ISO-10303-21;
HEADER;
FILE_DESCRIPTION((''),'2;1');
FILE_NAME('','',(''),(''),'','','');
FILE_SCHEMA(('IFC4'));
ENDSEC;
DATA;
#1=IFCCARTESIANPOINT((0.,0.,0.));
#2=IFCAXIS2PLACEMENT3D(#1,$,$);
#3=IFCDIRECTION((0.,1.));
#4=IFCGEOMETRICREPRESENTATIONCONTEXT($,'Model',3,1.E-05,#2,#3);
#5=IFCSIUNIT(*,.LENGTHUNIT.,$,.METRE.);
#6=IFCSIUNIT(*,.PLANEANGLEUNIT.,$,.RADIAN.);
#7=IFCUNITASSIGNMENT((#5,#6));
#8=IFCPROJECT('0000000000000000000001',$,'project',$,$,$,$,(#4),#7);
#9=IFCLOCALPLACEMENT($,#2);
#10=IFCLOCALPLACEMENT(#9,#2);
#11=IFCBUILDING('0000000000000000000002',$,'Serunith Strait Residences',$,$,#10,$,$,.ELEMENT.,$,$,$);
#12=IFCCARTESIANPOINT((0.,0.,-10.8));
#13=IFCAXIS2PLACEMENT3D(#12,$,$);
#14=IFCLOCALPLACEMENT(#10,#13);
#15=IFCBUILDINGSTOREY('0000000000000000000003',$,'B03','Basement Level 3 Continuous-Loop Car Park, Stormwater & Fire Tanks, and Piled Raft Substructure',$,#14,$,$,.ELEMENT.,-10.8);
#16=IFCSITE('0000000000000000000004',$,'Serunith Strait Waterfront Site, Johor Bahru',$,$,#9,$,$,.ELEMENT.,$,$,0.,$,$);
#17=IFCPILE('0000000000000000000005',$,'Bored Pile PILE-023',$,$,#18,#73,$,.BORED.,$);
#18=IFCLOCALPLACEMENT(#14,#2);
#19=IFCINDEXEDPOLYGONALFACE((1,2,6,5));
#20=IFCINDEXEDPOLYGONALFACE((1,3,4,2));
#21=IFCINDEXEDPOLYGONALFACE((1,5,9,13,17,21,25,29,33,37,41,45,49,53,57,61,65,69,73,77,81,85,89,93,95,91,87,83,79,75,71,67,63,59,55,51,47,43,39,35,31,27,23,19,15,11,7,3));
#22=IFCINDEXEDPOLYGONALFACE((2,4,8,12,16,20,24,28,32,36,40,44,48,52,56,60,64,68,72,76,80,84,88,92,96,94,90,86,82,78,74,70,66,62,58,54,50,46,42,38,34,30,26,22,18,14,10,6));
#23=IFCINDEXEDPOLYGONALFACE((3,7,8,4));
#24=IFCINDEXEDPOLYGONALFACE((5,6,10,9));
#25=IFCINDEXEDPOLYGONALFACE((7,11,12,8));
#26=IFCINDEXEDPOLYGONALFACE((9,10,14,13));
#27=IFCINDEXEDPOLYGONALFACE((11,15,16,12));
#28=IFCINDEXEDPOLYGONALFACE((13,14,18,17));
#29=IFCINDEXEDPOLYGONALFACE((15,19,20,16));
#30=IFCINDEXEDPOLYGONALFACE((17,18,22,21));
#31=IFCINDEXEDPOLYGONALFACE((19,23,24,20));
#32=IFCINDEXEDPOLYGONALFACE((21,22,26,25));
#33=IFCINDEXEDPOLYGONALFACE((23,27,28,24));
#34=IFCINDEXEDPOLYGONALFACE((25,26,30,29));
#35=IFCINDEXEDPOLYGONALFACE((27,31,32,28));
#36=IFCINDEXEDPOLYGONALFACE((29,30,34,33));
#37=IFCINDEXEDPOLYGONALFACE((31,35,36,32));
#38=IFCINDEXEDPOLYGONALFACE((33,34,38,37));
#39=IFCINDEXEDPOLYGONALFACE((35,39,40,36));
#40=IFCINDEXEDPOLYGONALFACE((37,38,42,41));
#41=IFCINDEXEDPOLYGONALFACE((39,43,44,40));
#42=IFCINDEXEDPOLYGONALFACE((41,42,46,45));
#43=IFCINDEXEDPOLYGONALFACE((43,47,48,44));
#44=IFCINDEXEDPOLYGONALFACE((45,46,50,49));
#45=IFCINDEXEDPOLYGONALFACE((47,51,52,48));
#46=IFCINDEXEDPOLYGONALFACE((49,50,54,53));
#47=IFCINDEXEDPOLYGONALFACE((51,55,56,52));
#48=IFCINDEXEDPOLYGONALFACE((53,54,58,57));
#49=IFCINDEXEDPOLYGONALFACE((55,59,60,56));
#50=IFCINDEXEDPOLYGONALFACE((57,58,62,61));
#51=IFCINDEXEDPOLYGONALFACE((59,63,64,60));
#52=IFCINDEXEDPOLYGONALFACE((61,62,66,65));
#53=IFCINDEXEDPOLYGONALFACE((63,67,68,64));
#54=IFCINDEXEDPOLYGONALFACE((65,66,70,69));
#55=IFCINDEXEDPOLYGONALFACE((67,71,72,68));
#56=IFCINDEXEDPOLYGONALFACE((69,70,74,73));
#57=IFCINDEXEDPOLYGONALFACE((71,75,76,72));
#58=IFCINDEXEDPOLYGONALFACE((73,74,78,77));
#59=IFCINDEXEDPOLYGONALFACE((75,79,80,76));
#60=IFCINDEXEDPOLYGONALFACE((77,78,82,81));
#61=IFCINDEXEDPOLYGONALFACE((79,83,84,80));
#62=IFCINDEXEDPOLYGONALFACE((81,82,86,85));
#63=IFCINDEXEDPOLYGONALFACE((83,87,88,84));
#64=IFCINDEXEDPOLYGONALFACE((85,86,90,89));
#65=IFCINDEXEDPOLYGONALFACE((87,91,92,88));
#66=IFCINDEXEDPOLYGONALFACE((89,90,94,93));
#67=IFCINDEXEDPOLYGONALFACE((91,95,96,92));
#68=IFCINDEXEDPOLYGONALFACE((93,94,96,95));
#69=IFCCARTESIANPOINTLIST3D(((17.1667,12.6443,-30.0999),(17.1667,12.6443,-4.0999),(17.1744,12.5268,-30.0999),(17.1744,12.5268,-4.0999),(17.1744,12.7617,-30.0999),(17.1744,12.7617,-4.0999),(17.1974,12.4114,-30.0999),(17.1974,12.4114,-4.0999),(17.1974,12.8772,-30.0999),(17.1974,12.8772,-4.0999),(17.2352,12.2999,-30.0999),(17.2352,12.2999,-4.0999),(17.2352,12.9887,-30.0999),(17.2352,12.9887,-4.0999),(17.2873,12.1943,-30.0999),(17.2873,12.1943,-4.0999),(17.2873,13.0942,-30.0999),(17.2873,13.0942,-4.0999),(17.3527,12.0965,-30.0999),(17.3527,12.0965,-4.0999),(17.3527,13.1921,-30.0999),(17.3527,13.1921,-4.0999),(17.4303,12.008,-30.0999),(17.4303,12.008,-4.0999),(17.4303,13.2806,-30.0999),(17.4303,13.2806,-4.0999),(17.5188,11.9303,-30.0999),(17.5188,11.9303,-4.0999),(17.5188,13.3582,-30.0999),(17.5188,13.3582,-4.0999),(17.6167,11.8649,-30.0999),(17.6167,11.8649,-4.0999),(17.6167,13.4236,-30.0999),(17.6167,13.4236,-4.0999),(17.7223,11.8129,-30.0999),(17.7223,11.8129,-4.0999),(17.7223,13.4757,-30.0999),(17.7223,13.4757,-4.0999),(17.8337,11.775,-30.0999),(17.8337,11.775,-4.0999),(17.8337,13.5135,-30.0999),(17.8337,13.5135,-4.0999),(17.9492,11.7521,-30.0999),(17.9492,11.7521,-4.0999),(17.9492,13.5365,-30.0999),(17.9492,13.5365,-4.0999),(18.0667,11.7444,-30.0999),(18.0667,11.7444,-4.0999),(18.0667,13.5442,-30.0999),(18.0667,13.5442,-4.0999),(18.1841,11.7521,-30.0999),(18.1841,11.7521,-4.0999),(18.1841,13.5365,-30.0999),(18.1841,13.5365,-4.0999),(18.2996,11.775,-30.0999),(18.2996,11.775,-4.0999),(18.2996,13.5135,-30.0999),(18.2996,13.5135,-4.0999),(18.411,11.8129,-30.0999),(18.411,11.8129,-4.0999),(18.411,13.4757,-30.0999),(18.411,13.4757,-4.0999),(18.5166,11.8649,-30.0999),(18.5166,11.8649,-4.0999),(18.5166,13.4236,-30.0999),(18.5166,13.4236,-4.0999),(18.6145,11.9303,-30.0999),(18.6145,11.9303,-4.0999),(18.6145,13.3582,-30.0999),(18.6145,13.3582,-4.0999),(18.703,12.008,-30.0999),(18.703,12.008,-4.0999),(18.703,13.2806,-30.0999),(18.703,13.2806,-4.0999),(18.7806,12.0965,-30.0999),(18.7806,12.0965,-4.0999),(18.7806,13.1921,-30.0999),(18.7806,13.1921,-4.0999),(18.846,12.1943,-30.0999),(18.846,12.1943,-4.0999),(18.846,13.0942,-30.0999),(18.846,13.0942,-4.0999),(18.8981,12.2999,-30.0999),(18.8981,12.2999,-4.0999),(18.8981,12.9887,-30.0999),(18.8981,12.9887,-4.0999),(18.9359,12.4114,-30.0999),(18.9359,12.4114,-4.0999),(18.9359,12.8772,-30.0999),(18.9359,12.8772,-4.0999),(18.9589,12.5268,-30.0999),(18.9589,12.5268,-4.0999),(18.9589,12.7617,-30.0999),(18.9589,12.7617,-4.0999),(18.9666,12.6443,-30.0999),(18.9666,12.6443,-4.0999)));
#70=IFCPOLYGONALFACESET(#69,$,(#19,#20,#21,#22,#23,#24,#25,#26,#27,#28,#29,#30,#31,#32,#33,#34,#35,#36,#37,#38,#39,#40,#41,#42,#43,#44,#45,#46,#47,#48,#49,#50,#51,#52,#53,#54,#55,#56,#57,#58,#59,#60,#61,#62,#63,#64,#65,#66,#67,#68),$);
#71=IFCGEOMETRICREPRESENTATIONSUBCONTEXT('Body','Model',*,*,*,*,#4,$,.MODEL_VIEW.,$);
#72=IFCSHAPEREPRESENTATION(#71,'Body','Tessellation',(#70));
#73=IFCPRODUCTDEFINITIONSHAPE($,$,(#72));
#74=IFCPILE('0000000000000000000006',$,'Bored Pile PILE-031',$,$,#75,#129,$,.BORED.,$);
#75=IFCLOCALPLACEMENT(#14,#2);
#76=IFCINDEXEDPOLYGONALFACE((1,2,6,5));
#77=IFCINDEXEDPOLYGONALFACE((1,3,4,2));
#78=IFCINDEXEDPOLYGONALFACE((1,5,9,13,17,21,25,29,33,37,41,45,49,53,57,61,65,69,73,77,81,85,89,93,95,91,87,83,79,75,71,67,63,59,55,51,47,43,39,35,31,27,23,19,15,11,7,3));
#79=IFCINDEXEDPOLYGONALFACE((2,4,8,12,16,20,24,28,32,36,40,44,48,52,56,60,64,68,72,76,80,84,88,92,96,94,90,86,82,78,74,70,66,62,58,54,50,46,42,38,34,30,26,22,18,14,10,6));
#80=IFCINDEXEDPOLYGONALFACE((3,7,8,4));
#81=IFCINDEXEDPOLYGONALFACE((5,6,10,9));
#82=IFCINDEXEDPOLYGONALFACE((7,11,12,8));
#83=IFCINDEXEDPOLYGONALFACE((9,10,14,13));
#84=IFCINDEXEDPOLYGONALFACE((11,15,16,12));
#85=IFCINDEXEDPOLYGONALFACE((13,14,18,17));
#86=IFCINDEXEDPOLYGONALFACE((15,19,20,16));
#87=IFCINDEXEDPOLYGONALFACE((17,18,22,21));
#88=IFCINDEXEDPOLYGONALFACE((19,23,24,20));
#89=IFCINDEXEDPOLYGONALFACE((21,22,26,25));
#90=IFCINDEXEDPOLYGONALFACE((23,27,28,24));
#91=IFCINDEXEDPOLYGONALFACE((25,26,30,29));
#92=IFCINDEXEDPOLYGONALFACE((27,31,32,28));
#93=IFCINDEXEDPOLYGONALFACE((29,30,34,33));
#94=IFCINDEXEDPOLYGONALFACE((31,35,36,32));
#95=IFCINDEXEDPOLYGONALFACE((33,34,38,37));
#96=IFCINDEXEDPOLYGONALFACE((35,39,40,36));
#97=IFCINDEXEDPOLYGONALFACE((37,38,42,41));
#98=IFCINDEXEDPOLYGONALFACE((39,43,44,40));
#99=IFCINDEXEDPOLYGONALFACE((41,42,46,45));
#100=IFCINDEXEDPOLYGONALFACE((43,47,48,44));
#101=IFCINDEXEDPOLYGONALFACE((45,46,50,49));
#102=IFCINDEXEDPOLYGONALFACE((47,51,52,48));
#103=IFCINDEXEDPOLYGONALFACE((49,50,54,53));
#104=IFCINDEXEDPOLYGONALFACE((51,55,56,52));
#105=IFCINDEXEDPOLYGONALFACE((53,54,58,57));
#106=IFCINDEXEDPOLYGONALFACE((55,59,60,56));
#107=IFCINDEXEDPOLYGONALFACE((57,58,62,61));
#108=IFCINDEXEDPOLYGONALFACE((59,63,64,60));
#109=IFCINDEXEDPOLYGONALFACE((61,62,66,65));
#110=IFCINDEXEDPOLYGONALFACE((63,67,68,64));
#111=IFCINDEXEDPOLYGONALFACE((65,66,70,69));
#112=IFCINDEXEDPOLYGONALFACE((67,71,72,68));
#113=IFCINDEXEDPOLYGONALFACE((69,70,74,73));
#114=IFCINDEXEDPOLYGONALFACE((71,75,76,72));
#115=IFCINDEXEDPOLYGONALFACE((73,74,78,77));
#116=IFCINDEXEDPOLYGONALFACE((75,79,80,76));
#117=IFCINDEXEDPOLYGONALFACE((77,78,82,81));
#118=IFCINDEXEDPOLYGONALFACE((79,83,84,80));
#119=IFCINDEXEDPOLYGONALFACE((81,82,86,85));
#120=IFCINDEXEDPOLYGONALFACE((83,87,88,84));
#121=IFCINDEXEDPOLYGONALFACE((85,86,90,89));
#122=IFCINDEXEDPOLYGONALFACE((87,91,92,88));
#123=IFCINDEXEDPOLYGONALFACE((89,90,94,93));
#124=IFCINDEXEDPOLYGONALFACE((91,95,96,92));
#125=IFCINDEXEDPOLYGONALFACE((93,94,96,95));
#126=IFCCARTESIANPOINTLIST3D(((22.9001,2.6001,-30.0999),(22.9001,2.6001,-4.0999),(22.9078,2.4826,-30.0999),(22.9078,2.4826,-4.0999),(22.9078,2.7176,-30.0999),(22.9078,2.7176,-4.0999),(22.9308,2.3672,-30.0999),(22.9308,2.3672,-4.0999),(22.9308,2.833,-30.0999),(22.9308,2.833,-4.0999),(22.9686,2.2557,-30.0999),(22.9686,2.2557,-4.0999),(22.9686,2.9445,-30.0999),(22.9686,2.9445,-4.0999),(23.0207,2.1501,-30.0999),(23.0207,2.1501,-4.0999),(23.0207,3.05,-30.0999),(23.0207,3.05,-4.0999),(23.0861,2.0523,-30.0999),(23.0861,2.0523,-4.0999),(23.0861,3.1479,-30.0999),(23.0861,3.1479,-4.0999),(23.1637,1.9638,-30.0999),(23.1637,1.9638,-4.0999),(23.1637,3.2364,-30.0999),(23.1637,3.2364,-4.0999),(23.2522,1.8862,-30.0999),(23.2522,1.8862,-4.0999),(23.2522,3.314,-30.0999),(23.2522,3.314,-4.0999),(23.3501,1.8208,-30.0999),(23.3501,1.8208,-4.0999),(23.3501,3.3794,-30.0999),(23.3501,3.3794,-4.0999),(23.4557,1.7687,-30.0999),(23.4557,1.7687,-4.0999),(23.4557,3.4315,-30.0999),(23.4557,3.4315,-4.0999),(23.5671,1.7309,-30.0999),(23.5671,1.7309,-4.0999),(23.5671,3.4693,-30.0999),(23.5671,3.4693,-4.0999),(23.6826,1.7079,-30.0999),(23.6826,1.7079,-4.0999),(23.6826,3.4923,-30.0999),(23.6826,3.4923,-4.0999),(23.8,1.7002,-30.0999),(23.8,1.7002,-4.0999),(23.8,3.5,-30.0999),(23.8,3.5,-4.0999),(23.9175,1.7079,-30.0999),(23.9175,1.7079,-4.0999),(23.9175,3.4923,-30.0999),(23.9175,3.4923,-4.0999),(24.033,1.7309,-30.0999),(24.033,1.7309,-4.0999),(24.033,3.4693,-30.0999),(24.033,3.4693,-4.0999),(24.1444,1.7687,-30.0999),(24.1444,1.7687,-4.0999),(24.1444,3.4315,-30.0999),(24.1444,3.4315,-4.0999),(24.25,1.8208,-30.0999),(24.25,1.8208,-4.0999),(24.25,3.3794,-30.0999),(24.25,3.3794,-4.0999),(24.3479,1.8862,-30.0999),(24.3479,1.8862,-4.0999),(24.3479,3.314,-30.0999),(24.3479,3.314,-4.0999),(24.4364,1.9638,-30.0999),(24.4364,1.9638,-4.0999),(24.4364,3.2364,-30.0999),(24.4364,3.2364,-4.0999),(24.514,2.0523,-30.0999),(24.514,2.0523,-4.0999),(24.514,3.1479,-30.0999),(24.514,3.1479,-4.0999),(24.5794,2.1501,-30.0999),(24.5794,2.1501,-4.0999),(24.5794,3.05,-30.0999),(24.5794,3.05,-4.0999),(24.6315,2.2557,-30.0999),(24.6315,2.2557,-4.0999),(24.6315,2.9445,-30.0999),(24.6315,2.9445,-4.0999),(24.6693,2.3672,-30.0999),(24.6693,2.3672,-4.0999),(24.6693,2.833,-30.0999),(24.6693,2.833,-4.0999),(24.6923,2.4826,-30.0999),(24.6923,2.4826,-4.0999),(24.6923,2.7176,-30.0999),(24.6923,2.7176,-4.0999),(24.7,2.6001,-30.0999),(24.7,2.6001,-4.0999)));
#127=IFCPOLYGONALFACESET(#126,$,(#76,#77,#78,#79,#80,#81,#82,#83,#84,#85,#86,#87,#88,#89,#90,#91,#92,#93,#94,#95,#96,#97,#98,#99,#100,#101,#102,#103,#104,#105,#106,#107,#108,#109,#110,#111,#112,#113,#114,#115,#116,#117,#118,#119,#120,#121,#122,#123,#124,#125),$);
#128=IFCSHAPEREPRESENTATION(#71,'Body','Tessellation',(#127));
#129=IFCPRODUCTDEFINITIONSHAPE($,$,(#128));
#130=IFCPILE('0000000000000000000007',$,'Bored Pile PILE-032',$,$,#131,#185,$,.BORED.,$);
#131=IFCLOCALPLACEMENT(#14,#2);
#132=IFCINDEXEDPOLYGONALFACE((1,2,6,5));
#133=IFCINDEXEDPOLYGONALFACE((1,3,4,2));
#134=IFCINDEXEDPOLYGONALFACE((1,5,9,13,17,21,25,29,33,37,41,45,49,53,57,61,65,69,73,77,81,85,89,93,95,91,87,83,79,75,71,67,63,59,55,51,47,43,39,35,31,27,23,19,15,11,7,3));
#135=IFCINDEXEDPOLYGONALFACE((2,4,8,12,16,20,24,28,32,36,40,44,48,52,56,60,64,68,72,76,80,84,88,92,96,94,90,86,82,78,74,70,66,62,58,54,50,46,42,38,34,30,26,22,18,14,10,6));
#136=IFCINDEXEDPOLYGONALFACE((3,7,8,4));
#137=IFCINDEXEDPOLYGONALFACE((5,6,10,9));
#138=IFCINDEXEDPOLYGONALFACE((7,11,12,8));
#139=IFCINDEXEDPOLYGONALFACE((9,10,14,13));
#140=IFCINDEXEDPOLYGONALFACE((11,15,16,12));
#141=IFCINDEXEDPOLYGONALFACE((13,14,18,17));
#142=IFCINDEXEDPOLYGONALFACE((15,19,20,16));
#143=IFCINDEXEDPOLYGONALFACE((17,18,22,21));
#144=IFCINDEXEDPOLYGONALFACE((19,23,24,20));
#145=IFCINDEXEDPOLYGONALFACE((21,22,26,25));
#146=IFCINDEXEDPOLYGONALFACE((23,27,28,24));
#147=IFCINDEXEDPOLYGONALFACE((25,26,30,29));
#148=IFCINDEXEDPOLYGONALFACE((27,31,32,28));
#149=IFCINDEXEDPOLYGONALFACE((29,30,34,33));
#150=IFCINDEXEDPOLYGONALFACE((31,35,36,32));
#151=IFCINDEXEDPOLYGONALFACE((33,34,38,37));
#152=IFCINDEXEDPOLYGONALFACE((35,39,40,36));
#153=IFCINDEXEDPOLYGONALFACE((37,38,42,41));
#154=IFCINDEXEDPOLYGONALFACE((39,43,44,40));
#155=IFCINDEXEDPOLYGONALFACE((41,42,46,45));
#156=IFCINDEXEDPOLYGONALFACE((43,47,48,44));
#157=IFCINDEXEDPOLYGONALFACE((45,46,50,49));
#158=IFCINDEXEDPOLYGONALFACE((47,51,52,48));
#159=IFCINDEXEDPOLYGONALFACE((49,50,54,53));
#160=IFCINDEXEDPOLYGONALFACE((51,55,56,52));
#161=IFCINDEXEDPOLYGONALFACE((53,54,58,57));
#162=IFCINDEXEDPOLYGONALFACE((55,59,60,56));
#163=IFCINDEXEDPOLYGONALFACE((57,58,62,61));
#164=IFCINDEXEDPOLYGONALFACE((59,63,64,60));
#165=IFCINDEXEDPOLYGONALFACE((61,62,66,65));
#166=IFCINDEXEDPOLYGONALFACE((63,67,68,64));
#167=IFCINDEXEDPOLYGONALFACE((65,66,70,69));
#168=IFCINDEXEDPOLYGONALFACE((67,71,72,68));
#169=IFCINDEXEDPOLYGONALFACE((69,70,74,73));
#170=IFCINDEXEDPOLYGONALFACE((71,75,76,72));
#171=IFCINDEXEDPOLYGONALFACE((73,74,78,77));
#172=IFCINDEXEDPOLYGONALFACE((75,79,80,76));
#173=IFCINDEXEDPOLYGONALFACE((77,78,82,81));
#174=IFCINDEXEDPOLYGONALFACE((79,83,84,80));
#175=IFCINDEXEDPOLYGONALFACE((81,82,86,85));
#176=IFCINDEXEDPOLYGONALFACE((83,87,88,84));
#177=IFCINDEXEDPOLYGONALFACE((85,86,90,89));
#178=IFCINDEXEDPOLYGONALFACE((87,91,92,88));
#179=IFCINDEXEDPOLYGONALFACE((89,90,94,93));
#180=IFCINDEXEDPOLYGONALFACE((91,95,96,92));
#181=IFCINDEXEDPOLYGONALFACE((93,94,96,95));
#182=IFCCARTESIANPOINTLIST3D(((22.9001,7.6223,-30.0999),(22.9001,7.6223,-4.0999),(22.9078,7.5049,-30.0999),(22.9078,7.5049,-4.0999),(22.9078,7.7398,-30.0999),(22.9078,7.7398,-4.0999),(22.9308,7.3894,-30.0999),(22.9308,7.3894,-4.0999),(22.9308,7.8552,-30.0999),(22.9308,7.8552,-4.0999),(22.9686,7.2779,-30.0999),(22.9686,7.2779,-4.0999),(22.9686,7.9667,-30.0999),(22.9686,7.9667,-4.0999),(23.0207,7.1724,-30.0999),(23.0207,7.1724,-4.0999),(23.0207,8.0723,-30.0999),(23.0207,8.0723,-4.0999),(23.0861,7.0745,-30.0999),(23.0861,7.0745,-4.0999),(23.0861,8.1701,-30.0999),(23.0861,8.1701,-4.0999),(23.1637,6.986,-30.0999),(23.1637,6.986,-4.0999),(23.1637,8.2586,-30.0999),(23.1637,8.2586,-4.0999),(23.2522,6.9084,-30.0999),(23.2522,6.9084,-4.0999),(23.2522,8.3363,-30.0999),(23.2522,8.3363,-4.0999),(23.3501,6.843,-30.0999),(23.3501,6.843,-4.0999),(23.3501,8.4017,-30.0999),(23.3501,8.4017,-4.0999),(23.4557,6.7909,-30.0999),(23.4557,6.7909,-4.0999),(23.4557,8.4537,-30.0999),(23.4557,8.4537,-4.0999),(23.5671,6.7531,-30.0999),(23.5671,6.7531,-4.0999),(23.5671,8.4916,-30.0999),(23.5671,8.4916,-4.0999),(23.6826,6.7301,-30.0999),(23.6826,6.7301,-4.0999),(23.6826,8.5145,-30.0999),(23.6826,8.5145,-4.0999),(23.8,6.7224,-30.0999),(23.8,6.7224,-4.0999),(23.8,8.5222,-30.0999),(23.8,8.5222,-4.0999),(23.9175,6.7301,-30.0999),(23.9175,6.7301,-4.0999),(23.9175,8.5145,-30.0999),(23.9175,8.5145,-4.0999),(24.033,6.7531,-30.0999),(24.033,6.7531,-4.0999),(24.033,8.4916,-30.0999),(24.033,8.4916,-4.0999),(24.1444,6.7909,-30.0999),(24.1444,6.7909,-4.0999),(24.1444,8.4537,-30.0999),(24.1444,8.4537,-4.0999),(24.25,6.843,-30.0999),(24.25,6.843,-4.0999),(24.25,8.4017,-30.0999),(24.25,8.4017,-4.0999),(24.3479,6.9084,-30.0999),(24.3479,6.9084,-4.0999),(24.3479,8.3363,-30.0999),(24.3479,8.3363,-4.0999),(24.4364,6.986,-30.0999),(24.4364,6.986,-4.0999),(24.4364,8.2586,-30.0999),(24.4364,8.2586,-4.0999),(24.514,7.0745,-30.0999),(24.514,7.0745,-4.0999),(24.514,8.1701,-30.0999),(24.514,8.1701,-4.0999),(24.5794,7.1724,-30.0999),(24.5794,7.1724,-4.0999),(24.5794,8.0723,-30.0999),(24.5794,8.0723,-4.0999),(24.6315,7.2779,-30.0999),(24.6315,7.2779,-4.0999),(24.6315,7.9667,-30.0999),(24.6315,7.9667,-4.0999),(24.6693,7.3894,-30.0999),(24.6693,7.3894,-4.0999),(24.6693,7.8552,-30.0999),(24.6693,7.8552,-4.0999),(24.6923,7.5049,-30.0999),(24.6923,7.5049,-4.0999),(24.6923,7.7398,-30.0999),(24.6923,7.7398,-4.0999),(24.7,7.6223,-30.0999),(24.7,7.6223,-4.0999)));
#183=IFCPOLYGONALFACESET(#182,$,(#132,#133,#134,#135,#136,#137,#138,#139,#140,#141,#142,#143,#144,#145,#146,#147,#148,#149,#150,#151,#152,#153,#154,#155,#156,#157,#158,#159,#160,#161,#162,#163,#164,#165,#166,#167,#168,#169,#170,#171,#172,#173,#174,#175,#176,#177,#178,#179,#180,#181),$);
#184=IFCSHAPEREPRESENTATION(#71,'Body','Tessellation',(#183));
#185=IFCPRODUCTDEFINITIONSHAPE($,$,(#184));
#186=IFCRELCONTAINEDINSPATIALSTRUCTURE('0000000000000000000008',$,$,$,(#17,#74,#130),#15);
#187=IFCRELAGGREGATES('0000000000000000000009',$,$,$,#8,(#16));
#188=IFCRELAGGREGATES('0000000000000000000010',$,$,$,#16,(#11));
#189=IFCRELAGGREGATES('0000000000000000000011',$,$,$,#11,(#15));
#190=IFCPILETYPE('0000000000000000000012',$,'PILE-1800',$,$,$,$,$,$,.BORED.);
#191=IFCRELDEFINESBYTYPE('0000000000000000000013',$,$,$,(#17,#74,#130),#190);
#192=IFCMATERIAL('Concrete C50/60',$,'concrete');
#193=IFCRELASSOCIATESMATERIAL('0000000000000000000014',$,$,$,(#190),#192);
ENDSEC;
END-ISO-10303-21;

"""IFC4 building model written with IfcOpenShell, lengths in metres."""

from ifc_helpers import new_model, si_unit, direction, frame, origin, origin_2d, place, context, subcontext, project, spatial, circle, extrude, source, transform, mapped, material, material_profile, profile_set, type_object, element, save


model = new_model("IFC4")

# Units and contexts
model_context = context("Model", 3, precision=1e-05, world=origin(), true_north=direction((0.0, 1.0)))
body_context = subcontext(model_context, "Body", "Model", "MODEL_VIEW")
ifc_project = project(units=[si_unit("LENGTHUNIT", "METRE"), si_unit("PLANEANGLEUNIT", "RADIAN")], contexts=[model_context])

# Site, building, storey
site_placement = place(None, origin())
site = spatial("IfcSite", under=ifc_project, at=site_placement, Name="Serunith Strait Waterfront Site, Johor Bahru", CompositionType="ELEMENT", RefElevation=0.0)
building_placement = place(site_placement, origin())
building = spatial("IfcBuilding", under=site, at=building_placement, Name="Serunith Strait Residences", CompositionType="ELEMENT")
storey_placement = place(building_placement, frame((0.0, 0.0, -10.8)))
storey = spatial("IfcBuildingStorey", under=building, at=storey_placement, Name="B03", Description="Basement Level 3 Continuous-Loop Car Park, Stormwater & Fire Tanks, and Piled Raft Substructure", CompositionType="ELEMENT", Elevation=-10.8)

# Piles
ifc_material_1 = material(Name="Concrete C50/60", Category="concrete")
ifc_material_profile_1 = material_profile(ifc_material_1, circle(Radius=0.8999, at=origin_2d()), Name="PILE D1800")
ifc_profile_set_1 = profile_set([ifc_material_profile_1], Name="Concrete C50/60")
pile_type = type_object("IfcPileType", Name="PILE-1800", PredefinedType="BORED", material=ifc_profile_set_1)
shared_shape_1 = source(origin(), body_context, "Body", "SweptSolid", [
    extrude(circle(Radius=0.8999, at=origin_2d()), origin(), (0.0, 0.0, 1.0), 26.0),
])
for number, where, z_axis, x_axis, name in (
    (1, (18.0667, 12.6443, -4.0999), (0.0, 0.0, -1.0), (1.0, 0.0, 0.0), "Bored Pile PILE-023"),
    (2, (23.8, 2.6001, -4.0999), (0.0, 0.0, -1.0), (1.0, 0.0, 0.0), "Bored Pile PILE-031"),
    (3, (23.8, 7.6223, -4.0999), (0.0, 0.0, -1.0), (1.0, 0.0, 0.0), "Bored Pile PILE-032"),
):
    element("IfcPile", number, at=place(storey_placement, frame(where, z_axis=z_axis, x_axis=x_axis)), inside=storey, type_object=pile_type, Name=name, PredefinedType="BORED", context=body_context, shape_type="MappedRepresentation", body=[
        mapped(shared_shape_1, transform((0.0, 0.0, 0.0), scale=1.0)),
    ])

save(model, "model.ifc")
